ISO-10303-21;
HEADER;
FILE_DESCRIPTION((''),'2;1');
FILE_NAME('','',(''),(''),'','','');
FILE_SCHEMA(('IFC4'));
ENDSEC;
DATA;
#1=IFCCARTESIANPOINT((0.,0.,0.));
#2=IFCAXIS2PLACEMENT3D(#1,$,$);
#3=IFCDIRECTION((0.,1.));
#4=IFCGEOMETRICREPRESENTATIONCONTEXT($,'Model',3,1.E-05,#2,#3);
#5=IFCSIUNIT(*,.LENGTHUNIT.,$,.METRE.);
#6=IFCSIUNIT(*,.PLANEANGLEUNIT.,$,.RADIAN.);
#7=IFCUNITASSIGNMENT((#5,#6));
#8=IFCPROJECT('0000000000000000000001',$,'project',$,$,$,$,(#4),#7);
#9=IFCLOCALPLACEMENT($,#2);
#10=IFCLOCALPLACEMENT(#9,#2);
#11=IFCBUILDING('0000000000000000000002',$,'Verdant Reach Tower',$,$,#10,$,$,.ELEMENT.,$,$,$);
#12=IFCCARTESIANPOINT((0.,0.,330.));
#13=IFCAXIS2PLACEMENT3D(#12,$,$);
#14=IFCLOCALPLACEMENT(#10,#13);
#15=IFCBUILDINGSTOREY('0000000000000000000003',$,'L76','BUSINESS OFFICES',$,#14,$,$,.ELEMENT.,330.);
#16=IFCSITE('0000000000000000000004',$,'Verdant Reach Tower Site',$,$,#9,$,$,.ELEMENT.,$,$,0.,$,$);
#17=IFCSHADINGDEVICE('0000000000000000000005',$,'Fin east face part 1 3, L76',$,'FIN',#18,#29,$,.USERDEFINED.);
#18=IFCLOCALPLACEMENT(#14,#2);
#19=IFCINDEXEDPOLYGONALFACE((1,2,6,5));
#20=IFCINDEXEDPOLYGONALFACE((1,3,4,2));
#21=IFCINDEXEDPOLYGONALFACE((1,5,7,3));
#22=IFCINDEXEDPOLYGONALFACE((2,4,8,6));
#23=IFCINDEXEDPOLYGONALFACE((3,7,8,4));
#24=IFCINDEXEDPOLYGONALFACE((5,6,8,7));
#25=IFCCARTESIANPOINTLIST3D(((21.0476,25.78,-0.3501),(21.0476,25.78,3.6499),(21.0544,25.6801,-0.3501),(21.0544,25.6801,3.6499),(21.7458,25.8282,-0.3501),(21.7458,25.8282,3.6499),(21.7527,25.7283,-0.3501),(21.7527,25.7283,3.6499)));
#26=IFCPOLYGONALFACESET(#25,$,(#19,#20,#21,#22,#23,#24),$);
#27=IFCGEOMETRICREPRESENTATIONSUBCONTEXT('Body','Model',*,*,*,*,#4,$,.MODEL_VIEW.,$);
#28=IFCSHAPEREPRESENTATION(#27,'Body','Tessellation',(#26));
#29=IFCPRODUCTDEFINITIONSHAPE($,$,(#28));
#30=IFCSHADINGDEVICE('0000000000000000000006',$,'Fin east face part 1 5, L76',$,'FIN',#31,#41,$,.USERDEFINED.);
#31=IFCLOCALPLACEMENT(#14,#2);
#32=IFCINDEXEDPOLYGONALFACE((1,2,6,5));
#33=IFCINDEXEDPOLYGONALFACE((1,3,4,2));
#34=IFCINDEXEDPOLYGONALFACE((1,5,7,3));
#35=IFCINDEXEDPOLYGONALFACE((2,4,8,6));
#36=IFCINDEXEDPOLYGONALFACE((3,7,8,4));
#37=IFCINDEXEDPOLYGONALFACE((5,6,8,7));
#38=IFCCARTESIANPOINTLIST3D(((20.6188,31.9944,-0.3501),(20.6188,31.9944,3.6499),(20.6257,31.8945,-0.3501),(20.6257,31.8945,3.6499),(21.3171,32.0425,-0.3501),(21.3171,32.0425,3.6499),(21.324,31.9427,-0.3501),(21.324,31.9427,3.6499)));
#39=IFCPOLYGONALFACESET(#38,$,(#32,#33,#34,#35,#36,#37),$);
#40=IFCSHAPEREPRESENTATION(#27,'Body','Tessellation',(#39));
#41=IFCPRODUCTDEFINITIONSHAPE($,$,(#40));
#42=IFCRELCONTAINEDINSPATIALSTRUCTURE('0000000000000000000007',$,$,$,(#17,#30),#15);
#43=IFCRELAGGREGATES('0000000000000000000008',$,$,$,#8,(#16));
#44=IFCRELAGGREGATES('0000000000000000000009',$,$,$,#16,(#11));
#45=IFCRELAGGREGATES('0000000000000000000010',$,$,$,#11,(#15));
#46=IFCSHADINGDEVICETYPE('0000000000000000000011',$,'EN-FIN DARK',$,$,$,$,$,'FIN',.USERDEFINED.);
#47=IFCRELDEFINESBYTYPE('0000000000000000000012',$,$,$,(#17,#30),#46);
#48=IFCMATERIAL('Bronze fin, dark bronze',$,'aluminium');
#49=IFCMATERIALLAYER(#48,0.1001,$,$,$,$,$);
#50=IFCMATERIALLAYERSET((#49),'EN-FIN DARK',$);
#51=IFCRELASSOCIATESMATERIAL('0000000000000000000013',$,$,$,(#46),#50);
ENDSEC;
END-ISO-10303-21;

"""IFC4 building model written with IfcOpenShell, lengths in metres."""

from ifc_helpers import new_model, si_unit, direction, frame, origin, origin_2d, place, context, subcontext, project, spatial, rectangle, extrude, material, layer, layer_set, type_object, element, save


model = new_model("IFC4")

# Units and contexts
model_context = context("Model", 3, precision=1e-05, world=origin(), true_north=direction((0.0, 1.0)))
body_context = subcontext(model_context, "Body", "Model", "MODEL_VIEW")
ifc_project = project(units=[si_unit("LENGTHUNIT", "METRE"), si_unit("PLANEANGLEUNIT", "RADIAN")], contexts=[model_context])

# Site, building, storey
site_placement = place(None, origin())
site = spatial("IfcSite", under=ifc_project, at=site_placement, Name="Verdant Reach Tower Site", CompositionType="ELEMENT", RefElevation=0.0)
building_placement = place(site_placement, origin())
building = spatial("IfcBuilding", under=site, at=building_placement, Name="Verdant Reach Tower", CompositionType="ELEMENT")
storey_placement = place(building_placement, frame((0.0, 0.0, 330.0)))
storey = spatial("IfcBuildingStorey", under=building, at=storey_placement, Name="L76", Description="BUSINESS OFFICES", CompositionType="ELEMENT", Elevation=330.0)

# Shading devices
ifc_material_1 = material(Name="Bronze fin, dark bronze", Category="aluminium")
ifc_layer_1 = layer(ifc_material_1, 0.1001)
ifc_layer_set_1 = layer_set([ifc_layer_1], Name="EN-FIN DARK")
shading_device_type_1 = type_object("IfcShadingDeviceType", Name="EN-FIN DARK", ElementType="FIN", PredefinedType="USERDEFINED", material=ifc_layer_set_1)
for number, where, z_axis, x_axis, name in (
    (1, (21.4001, 25.7542, -0.3501), (0.0, 0.0, 1.0), (-0.068802, 0.99763, 0.0), "Fin east face part 1 3, L76"),
    (2, (20.9714, 31.9685, -0.3501), (0.0, 0.0, 1.0), (-0.068802, 0.99763, 0.0), "Fin east face part 1 5, L76"),
):
    element("IfcShadingDevice", number, at=place(storey_placement, frame(where, z_axis=z_axis, x_axis=x_axis)), inside=storey, type_object=shading_device_type_1, Name=name, ObjectType="FIN", PredefinedType="USERDEFINED", context=body_context, shape_type="SweptSolid", body=[
        extrude(rectangle(XDim=0.1001, YDim=0.7, at=origin_2d()), origin(), (0.0, 0.0, 1.0), 4.0),
    ])

save(model, "model.ifc")
